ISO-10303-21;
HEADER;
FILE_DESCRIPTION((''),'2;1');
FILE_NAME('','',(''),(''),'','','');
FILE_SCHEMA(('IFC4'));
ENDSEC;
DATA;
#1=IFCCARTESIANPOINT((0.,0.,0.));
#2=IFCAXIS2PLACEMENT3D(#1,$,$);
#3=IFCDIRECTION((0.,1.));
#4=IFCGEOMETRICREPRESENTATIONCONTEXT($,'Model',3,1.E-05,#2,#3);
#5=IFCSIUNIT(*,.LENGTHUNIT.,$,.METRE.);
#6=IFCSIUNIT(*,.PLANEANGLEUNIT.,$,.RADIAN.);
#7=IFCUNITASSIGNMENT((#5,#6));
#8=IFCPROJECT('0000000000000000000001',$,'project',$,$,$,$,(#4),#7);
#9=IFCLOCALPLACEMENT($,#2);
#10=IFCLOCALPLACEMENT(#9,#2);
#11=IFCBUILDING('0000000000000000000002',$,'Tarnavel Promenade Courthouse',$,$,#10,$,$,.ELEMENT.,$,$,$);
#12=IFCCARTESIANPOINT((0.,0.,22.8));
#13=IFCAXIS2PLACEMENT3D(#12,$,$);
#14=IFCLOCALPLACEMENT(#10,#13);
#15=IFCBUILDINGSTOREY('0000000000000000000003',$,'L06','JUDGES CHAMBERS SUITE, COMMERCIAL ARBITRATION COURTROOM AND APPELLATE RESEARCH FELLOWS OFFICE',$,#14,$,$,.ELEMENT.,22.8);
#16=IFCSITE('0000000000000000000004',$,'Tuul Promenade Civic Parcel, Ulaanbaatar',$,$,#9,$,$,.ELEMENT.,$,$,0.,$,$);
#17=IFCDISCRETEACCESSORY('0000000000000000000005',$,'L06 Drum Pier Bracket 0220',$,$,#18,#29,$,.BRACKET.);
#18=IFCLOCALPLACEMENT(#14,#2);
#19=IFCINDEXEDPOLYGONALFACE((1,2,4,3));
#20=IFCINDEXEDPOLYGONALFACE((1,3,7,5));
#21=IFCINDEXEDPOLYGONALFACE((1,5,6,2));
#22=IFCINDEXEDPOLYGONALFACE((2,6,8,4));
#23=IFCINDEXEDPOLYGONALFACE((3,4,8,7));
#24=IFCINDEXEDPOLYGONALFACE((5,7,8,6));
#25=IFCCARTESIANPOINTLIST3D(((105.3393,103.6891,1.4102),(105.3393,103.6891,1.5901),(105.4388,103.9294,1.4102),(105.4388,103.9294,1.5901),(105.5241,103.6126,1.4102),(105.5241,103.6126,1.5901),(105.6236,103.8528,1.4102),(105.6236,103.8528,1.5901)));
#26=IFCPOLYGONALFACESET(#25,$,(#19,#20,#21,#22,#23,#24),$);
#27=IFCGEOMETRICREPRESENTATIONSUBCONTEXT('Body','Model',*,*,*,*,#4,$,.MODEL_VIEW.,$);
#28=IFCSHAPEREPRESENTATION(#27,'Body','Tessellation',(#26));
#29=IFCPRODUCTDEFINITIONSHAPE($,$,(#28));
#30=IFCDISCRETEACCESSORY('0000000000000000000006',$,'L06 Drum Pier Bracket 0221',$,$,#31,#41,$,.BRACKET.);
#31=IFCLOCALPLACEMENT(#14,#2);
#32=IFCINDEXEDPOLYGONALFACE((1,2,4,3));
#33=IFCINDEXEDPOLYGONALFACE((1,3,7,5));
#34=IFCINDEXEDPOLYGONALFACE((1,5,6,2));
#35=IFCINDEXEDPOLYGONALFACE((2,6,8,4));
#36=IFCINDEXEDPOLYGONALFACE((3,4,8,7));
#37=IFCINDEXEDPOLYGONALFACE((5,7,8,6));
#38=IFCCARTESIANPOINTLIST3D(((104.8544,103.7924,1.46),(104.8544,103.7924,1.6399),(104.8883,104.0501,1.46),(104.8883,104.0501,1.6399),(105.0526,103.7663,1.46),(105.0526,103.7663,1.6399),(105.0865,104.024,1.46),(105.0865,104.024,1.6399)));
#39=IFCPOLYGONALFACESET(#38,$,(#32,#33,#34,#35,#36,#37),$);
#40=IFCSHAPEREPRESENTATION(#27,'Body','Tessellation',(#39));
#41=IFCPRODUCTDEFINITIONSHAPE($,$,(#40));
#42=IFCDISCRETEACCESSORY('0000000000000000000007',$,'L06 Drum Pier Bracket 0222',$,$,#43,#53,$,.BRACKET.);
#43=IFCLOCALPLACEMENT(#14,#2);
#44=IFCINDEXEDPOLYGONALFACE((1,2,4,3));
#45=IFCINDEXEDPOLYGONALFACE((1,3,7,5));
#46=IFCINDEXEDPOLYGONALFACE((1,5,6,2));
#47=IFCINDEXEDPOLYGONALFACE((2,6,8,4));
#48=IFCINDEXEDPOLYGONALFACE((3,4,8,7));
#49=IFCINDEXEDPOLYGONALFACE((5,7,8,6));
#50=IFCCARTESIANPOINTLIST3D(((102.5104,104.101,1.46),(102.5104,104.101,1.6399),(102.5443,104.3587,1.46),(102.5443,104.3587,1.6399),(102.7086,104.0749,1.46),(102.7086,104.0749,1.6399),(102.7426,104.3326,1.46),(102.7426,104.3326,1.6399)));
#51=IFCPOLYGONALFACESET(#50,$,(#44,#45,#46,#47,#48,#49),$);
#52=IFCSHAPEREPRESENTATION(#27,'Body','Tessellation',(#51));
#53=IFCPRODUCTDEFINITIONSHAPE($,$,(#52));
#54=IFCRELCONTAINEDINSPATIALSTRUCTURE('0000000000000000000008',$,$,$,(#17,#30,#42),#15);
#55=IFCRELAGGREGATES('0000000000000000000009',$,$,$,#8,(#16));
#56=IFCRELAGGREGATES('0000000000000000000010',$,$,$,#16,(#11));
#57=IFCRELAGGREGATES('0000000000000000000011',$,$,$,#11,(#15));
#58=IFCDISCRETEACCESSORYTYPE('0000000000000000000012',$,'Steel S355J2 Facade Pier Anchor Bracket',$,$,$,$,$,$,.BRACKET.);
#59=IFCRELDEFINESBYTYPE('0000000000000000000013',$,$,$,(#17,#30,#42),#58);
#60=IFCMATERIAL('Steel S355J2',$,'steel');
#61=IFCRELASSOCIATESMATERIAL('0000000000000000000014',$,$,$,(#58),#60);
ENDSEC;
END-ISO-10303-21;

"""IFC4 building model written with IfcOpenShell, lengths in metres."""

from ifc_helpers import new_model, si_unit, direction, frame, origin, origin_2d, place, context, subcontext, project, spatial, rectangle, extrude, material, type_object, element, save


model = new_model("IFC4")

# Units and contexts
model_context = context("Model", 3, precision=1e-05, world=origin(), true_north=direction((0.0, 1.0)))
body_context = subcontext(model_context, "Body", "Model", "MODEL_VIEW")
ifc_project = project(units=[si_unit("LENGTHUNIT", "METRE"), si_unit("PLANEANGLEUNIT", "RADIAN")], contexts=[model_context])

# Site, building, storey
site_placement = place(None, origin())
site = spatial("IfcSite", under=ifc_project, at=site_placement, Name="Tuul Promenade Civic Parcel, Ulaanbaatar", CompositionType="ELEMENT", RefElevation=0.0)
building_placement = place(site_placement, origin())
building = spatial("IfcBuilding", under=site, at=building_placement, Name="Tarnavel Promenade Courthouse", CompositionType="ELEMENT")
storey_placement = place(building_placement, frame((0.0, 0.0, 22.8)))
storey = spatial("IfcBuildingStorey", under=building, at=storey_placement, Name="L06", Description="JUDGES CHAMBERS SUITE, COMMERCIAL ARBITRATION COURTROOM AND APPELLATE RESEARCH FELLOWS OFFICE", CompositionType="ELEMENT", Elevation=22.8)

# Shared definitions
ifc_material_1 = material(Name="Steel S355J2", Category="steel")

# Discrete accessories
discrete_accessory_type = type_object("IfcDiscreteAccessoryType", Name="Steel S355J2 Facade Pier Anchor Bracket", PredefinedType="BRACKET", material=ifc_material_1)
for number, where, z_axis, x_axis, name in (
    (1, (105.4814, 103.771, 1.4102), (0.0, 0.0, 1.0), (-0.92388, 0.382683, 0.0), "L06 Drum Pier Bracket 0220"),
    (2, (104.9705, 103.9082, 1.46), (0.0, 0.0, 1.0), (-0.991445, 0.130526, 0.0), "L06 Drum Pier Bracket 0221"),
    (3, (102.6265, 104.2168, 1.46), (0.0, 0.0, 1.0), (-0.991445, 0.130526, 0.0), "L06 Drum Pier Bracket 0222"),
):
    element("IfcDiscreteAccessory", number, at=place(storey_placement, frame(where, z_axis=z_axis, x_axis=x_axis)), inside=storey, type_object=discrete_accessory_type, Name=name, PredefinedType="BRACKET", context=body_context, shape_type="SweptSolid", body=[
        extrude(rectangle(XDim=0.2, YDim=0.26, at=origin_2d()), origin(), (0.0, 0.0, 1.0), 0.1799),
    ])

save(model, "model.ifc")
